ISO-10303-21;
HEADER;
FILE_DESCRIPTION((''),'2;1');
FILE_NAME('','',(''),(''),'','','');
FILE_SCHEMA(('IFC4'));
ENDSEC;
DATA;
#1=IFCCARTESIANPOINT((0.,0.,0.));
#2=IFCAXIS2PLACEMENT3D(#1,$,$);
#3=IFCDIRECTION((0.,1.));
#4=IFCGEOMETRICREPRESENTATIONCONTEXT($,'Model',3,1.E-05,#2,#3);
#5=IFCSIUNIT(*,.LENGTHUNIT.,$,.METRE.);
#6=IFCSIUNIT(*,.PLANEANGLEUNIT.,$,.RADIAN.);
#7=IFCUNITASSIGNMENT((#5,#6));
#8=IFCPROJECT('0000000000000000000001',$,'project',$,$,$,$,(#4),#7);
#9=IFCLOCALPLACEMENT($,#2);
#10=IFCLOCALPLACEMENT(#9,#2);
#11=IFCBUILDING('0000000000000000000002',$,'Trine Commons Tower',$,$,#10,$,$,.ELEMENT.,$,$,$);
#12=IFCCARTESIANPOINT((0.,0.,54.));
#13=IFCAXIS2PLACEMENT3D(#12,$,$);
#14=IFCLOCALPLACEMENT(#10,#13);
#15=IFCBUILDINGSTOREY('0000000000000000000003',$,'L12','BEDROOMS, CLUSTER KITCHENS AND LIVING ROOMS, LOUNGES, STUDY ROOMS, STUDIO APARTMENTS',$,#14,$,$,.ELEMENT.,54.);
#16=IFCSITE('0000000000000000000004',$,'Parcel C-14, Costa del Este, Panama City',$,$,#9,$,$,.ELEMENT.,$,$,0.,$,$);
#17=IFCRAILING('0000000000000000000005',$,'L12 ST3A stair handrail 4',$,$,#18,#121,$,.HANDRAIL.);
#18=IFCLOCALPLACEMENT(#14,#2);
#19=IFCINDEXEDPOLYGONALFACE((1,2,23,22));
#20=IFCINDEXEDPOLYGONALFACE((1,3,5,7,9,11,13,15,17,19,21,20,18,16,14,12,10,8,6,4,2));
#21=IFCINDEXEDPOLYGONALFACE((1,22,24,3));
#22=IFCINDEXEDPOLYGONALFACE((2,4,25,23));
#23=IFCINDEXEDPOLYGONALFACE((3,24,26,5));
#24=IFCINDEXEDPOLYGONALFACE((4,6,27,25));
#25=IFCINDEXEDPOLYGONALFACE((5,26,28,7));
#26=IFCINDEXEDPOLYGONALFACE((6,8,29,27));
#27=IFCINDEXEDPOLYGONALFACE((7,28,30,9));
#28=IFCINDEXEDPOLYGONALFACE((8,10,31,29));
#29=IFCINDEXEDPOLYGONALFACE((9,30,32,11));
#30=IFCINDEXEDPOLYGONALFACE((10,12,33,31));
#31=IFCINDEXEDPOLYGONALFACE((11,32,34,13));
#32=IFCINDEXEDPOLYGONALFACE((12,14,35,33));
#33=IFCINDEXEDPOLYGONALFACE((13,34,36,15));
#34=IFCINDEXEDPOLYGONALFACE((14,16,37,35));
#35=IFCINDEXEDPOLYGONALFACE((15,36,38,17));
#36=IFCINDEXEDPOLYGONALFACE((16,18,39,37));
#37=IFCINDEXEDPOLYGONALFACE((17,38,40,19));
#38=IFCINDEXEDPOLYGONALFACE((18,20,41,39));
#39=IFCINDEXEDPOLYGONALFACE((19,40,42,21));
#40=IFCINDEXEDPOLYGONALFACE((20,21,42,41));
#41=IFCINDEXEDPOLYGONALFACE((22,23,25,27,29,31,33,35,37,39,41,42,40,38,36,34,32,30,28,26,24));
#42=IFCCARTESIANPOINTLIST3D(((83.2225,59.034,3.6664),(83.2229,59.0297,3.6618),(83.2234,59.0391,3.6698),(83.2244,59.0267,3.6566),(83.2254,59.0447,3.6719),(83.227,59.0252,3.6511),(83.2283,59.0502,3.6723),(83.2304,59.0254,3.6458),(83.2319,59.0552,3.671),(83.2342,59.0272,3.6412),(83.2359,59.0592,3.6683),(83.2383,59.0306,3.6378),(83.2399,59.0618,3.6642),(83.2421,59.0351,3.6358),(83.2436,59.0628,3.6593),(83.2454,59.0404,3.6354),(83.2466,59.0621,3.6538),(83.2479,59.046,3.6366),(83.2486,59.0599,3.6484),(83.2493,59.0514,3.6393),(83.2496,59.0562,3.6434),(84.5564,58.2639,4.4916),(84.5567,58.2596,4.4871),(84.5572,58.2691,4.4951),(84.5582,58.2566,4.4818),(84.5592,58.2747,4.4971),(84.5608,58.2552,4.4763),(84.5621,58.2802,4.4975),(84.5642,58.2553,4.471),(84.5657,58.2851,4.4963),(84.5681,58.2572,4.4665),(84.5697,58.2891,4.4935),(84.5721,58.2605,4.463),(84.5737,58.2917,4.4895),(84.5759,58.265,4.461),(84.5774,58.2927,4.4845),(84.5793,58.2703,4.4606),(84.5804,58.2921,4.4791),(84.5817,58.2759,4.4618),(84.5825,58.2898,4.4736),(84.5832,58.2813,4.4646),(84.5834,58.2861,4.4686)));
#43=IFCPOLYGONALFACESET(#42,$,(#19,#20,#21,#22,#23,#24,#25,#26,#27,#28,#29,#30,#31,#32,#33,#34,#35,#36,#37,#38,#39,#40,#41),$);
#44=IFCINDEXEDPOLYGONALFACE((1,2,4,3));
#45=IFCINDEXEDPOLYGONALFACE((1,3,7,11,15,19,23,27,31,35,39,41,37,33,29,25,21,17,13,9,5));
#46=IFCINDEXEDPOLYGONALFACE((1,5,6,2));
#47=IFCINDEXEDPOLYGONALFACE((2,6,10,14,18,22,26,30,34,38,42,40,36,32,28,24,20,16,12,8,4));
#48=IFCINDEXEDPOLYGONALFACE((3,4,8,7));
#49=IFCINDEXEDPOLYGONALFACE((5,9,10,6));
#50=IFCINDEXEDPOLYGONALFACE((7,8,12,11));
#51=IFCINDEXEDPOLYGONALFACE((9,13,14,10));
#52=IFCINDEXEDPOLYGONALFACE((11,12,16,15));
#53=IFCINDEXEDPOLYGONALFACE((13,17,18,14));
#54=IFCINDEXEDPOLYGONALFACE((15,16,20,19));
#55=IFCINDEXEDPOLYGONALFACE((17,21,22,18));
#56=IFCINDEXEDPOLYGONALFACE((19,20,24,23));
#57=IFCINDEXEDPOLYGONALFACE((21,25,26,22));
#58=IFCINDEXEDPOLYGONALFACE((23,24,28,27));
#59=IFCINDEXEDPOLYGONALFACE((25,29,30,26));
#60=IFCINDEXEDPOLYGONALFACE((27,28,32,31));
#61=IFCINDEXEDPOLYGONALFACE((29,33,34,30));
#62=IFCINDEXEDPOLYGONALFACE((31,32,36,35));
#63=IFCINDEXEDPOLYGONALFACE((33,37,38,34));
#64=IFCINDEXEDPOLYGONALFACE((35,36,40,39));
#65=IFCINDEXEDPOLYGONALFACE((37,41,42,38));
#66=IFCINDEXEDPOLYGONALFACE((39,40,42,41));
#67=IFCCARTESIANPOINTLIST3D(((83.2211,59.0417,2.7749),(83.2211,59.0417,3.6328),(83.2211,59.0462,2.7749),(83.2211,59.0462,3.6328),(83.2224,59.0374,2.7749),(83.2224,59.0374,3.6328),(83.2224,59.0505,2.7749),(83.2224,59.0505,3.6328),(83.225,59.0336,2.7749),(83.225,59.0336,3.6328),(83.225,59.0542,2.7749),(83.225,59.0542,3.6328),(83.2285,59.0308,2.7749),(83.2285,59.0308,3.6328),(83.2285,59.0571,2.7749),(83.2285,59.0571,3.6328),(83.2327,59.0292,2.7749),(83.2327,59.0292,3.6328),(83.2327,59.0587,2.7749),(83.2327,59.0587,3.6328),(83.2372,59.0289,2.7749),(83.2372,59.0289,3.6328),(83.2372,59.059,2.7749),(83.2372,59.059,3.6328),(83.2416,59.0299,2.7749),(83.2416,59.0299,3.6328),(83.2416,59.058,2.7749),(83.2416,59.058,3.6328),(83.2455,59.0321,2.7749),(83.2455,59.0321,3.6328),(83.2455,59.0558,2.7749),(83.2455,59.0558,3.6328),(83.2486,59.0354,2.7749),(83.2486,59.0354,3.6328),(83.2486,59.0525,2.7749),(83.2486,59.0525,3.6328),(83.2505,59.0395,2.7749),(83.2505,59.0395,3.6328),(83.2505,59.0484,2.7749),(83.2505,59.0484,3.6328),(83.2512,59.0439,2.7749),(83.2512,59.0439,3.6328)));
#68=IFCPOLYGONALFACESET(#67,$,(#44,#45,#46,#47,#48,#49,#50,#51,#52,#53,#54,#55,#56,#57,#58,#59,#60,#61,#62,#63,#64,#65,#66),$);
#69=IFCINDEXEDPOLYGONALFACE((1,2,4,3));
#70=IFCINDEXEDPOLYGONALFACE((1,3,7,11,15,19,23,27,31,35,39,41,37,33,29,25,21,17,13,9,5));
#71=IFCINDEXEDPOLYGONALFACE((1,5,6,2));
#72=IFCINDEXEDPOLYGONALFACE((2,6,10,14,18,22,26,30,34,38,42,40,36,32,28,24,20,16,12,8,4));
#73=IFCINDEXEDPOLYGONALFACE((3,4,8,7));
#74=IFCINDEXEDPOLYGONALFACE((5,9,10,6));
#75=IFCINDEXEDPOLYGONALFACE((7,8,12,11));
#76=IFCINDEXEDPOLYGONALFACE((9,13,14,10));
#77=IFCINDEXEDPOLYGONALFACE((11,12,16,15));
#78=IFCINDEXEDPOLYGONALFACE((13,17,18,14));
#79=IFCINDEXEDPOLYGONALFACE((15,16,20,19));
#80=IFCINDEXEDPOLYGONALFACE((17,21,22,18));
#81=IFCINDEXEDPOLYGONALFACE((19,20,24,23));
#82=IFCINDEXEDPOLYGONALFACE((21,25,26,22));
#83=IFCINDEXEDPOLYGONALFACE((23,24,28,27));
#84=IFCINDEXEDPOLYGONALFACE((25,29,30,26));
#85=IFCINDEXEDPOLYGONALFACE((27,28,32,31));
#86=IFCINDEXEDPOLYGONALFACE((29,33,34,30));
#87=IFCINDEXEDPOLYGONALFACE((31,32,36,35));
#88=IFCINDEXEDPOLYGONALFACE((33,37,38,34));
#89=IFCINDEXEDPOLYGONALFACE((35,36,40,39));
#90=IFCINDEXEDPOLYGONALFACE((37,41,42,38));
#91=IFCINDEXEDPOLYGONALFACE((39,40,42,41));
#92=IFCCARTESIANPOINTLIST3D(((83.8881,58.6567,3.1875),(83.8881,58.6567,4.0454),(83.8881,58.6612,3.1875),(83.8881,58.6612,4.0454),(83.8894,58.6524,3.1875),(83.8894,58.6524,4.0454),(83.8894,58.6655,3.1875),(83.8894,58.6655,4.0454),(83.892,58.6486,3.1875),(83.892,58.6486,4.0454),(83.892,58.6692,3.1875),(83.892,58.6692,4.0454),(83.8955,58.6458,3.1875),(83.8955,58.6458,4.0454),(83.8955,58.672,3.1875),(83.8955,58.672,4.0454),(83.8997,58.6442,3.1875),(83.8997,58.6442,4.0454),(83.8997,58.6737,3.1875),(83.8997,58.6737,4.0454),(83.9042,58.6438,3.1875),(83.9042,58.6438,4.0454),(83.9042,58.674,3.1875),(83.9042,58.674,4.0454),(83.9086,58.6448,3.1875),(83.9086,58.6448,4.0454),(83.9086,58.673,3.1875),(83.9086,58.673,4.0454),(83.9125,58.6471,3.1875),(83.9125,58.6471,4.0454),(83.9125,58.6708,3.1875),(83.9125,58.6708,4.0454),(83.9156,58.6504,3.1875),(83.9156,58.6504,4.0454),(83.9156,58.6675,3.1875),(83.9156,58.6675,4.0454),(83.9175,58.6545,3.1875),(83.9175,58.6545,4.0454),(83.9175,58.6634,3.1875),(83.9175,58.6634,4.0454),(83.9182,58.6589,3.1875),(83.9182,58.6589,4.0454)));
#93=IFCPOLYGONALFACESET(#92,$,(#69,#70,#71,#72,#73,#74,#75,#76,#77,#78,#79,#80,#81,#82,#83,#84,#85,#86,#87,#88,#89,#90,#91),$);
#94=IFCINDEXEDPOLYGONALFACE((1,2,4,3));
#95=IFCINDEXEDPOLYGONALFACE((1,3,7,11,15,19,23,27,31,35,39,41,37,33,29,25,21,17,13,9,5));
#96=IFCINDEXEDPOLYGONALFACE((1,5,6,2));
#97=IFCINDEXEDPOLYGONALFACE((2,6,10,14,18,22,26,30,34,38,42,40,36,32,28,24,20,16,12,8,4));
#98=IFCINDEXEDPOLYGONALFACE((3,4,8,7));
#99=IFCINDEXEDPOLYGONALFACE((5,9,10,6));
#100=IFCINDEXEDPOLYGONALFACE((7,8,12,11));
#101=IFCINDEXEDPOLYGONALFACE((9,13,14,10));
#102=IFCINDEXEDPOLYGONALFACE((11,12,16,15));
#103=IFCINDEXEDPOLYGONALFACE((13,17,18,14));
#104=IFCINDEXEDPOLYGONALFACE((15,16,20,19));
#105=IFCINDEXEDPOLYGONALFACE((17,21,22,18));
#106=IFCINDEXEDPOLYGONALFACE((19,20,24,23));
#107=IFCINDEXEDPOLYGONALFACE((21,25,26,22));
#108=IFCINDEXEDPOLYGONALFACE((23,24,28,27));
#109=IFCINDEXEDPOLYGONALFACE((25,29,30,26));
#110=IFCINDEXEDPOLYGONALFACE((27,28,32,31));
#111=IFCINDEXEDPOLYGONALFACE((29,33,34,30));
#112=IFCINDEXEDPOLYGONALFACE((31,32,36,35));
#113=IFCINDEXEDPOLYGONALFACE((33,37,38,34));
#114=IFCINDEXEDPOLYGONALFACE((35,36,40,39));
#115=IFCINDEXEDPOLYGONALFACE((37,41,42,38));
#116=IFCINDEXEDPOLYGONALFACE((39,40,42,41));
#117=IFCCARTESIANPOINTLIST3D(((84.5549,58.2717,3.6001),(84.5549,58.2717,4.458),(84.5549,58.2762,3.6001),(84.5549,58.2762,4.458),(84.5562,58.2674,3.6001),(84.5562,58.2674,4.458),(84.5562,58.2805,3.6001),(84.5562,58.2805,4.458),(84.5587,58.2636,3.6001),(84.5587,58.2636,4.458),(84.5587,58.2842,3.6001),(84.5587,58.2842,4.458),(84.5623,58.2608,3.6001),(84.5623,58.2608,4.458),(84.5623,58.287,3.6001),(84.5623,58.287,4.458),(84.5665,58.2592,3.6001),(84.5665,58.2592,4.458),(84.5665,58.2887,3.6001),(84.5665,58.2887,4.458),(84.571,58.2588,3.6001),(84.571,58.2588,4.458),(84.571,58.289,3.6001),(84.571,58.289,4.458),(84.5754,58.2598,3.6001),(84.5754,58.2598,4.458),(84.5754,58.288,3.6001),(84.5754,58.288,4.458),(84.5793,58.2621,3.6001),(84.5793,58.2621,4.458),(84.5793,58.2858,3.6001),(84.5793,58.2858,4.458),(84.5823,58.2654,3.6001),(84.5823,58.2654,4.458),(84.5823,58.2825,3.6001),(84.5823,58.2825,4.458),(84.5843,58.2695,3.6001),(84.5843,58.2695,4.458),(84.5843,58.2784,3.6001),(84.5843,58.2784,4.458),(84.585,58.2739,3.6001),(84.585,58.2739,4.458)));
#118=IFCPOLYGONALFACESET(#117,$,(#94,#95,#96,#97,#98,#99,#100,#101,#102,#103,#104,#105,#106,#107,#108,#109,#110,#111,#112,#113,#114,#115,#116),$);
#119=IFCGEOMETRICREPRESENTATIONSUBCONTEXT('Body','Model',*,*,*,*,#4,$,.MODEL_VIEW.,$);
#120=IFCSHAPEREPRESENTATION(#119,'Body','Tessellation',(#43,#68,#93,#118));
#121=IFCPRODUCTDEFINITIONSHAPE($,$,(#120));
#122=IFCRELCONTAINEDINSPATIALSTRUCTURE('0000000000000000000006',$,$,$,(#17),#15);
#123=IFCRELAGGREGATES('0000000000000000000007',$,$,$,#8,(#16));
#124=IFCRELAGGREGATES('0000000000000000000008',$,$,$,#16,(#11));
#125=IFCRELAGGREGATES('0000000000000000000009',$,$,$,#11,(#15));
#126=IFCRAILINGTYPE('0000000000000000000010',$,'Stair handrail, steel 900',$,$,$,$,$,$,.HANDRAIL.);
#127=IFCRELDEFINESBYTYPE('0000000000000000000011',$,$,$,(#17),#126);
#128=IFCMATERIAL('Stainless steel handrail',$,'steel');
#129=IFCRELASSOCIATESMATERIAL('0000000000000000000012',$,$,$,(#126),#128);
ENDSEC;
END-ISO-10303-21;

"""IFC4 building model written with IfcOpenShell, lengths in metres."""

from ifc_helpers import new_model, si_unit, direction, frame, origin, origin_2d, place, context, subcontext, project, spatial, circle, extrude, material, type_object, element, save


model = new_model("IFC4")

# Units and contexts
model_context = context("Model", 3, precision=1e-05, world=origin(), true_north=direction((0.0, 1.0)))
body_context = subcontext(model_context, "Body", "Model", "MODEL_VIEW")
ifc_project = project(units=[si_unit("LENGTHUNIT", "METRE"), si_unit("PLANEANGLEUNIT", "RADIAN")], contexts=[model_context])

# Site, building, storey
site_placement = place(None, origin())
site = spatial("IfcSite", under=ifc_project, at=site_placement, Name="Parcel C-14, Costa del Este, Panama City", CompositionType="ELEMENT", RefElevation=0.0)
building_placement = place(site_placement, origin())
building = spatial("IfcBuilding", under=site, at=building_placement, Name="Trine Commons Tower", CompositionType="ELEMENT")
storey_placement = place(building_placement, frame((0.0, 0.0, 54.0)))
storey = spatial("IfcBuildingStorey", under=building, at=storey_placement, Name="L12", Description="BEDROOMS, CLUSTER KITCHENS AND LIVING ROOMS, LOUNGES, STUDY ROOMS, STUDIO APARTMENTS", CompositionType="ELEMENT", Elevation=54.0)

# Railing
ifc_material_1 = material(Name="Stainless steel handrail", Category="steel")
railing_type = type_object("IfcRailingType", Name="Stair handrail, steel 900", PredefinedType="HANDRAIL", material=ifc_material_1)
railing_1_placement = place(storey_placement, frame((83.2361, 59.0439, 2.7749)))
element("IfcRailing", 1, at=railing_1_placement, inside=storey, type_object=railing_type, Name="L12 ST3A stair handrail 4", PredefinedType="HANDRAIL", context=body_context, shape_type="SweptSolid", body=[
    extrude(circle(Radius=0.021, at=origin_2d()), frame((0.0, 0.0, 0.8789), z_axis=(0.763355, -0.440714, 0.472293), x_axis=(0.499992, 0.86603, 0.0)), (0.0, 0.0, 1.0), 1.7473),
    extrude(circle(Radius=0.0151, at=origin_2d()), origin(), (0.0, 0.0, 1.0), 0.8579),
    extrude(circle(Radius=0.0151, at=origin_2d()), frame((0.667, -0.385, 0.4126)), (0.0, 0.0, 1.0), 0.8579),
    extrude(circle(Radius=0.0151, at=origin_2d()), frame((1.3337, -0.77, 0.8252)), (0.0, 0.0, 1.0), 0.8579),
])

save(model, "model.ifc")
